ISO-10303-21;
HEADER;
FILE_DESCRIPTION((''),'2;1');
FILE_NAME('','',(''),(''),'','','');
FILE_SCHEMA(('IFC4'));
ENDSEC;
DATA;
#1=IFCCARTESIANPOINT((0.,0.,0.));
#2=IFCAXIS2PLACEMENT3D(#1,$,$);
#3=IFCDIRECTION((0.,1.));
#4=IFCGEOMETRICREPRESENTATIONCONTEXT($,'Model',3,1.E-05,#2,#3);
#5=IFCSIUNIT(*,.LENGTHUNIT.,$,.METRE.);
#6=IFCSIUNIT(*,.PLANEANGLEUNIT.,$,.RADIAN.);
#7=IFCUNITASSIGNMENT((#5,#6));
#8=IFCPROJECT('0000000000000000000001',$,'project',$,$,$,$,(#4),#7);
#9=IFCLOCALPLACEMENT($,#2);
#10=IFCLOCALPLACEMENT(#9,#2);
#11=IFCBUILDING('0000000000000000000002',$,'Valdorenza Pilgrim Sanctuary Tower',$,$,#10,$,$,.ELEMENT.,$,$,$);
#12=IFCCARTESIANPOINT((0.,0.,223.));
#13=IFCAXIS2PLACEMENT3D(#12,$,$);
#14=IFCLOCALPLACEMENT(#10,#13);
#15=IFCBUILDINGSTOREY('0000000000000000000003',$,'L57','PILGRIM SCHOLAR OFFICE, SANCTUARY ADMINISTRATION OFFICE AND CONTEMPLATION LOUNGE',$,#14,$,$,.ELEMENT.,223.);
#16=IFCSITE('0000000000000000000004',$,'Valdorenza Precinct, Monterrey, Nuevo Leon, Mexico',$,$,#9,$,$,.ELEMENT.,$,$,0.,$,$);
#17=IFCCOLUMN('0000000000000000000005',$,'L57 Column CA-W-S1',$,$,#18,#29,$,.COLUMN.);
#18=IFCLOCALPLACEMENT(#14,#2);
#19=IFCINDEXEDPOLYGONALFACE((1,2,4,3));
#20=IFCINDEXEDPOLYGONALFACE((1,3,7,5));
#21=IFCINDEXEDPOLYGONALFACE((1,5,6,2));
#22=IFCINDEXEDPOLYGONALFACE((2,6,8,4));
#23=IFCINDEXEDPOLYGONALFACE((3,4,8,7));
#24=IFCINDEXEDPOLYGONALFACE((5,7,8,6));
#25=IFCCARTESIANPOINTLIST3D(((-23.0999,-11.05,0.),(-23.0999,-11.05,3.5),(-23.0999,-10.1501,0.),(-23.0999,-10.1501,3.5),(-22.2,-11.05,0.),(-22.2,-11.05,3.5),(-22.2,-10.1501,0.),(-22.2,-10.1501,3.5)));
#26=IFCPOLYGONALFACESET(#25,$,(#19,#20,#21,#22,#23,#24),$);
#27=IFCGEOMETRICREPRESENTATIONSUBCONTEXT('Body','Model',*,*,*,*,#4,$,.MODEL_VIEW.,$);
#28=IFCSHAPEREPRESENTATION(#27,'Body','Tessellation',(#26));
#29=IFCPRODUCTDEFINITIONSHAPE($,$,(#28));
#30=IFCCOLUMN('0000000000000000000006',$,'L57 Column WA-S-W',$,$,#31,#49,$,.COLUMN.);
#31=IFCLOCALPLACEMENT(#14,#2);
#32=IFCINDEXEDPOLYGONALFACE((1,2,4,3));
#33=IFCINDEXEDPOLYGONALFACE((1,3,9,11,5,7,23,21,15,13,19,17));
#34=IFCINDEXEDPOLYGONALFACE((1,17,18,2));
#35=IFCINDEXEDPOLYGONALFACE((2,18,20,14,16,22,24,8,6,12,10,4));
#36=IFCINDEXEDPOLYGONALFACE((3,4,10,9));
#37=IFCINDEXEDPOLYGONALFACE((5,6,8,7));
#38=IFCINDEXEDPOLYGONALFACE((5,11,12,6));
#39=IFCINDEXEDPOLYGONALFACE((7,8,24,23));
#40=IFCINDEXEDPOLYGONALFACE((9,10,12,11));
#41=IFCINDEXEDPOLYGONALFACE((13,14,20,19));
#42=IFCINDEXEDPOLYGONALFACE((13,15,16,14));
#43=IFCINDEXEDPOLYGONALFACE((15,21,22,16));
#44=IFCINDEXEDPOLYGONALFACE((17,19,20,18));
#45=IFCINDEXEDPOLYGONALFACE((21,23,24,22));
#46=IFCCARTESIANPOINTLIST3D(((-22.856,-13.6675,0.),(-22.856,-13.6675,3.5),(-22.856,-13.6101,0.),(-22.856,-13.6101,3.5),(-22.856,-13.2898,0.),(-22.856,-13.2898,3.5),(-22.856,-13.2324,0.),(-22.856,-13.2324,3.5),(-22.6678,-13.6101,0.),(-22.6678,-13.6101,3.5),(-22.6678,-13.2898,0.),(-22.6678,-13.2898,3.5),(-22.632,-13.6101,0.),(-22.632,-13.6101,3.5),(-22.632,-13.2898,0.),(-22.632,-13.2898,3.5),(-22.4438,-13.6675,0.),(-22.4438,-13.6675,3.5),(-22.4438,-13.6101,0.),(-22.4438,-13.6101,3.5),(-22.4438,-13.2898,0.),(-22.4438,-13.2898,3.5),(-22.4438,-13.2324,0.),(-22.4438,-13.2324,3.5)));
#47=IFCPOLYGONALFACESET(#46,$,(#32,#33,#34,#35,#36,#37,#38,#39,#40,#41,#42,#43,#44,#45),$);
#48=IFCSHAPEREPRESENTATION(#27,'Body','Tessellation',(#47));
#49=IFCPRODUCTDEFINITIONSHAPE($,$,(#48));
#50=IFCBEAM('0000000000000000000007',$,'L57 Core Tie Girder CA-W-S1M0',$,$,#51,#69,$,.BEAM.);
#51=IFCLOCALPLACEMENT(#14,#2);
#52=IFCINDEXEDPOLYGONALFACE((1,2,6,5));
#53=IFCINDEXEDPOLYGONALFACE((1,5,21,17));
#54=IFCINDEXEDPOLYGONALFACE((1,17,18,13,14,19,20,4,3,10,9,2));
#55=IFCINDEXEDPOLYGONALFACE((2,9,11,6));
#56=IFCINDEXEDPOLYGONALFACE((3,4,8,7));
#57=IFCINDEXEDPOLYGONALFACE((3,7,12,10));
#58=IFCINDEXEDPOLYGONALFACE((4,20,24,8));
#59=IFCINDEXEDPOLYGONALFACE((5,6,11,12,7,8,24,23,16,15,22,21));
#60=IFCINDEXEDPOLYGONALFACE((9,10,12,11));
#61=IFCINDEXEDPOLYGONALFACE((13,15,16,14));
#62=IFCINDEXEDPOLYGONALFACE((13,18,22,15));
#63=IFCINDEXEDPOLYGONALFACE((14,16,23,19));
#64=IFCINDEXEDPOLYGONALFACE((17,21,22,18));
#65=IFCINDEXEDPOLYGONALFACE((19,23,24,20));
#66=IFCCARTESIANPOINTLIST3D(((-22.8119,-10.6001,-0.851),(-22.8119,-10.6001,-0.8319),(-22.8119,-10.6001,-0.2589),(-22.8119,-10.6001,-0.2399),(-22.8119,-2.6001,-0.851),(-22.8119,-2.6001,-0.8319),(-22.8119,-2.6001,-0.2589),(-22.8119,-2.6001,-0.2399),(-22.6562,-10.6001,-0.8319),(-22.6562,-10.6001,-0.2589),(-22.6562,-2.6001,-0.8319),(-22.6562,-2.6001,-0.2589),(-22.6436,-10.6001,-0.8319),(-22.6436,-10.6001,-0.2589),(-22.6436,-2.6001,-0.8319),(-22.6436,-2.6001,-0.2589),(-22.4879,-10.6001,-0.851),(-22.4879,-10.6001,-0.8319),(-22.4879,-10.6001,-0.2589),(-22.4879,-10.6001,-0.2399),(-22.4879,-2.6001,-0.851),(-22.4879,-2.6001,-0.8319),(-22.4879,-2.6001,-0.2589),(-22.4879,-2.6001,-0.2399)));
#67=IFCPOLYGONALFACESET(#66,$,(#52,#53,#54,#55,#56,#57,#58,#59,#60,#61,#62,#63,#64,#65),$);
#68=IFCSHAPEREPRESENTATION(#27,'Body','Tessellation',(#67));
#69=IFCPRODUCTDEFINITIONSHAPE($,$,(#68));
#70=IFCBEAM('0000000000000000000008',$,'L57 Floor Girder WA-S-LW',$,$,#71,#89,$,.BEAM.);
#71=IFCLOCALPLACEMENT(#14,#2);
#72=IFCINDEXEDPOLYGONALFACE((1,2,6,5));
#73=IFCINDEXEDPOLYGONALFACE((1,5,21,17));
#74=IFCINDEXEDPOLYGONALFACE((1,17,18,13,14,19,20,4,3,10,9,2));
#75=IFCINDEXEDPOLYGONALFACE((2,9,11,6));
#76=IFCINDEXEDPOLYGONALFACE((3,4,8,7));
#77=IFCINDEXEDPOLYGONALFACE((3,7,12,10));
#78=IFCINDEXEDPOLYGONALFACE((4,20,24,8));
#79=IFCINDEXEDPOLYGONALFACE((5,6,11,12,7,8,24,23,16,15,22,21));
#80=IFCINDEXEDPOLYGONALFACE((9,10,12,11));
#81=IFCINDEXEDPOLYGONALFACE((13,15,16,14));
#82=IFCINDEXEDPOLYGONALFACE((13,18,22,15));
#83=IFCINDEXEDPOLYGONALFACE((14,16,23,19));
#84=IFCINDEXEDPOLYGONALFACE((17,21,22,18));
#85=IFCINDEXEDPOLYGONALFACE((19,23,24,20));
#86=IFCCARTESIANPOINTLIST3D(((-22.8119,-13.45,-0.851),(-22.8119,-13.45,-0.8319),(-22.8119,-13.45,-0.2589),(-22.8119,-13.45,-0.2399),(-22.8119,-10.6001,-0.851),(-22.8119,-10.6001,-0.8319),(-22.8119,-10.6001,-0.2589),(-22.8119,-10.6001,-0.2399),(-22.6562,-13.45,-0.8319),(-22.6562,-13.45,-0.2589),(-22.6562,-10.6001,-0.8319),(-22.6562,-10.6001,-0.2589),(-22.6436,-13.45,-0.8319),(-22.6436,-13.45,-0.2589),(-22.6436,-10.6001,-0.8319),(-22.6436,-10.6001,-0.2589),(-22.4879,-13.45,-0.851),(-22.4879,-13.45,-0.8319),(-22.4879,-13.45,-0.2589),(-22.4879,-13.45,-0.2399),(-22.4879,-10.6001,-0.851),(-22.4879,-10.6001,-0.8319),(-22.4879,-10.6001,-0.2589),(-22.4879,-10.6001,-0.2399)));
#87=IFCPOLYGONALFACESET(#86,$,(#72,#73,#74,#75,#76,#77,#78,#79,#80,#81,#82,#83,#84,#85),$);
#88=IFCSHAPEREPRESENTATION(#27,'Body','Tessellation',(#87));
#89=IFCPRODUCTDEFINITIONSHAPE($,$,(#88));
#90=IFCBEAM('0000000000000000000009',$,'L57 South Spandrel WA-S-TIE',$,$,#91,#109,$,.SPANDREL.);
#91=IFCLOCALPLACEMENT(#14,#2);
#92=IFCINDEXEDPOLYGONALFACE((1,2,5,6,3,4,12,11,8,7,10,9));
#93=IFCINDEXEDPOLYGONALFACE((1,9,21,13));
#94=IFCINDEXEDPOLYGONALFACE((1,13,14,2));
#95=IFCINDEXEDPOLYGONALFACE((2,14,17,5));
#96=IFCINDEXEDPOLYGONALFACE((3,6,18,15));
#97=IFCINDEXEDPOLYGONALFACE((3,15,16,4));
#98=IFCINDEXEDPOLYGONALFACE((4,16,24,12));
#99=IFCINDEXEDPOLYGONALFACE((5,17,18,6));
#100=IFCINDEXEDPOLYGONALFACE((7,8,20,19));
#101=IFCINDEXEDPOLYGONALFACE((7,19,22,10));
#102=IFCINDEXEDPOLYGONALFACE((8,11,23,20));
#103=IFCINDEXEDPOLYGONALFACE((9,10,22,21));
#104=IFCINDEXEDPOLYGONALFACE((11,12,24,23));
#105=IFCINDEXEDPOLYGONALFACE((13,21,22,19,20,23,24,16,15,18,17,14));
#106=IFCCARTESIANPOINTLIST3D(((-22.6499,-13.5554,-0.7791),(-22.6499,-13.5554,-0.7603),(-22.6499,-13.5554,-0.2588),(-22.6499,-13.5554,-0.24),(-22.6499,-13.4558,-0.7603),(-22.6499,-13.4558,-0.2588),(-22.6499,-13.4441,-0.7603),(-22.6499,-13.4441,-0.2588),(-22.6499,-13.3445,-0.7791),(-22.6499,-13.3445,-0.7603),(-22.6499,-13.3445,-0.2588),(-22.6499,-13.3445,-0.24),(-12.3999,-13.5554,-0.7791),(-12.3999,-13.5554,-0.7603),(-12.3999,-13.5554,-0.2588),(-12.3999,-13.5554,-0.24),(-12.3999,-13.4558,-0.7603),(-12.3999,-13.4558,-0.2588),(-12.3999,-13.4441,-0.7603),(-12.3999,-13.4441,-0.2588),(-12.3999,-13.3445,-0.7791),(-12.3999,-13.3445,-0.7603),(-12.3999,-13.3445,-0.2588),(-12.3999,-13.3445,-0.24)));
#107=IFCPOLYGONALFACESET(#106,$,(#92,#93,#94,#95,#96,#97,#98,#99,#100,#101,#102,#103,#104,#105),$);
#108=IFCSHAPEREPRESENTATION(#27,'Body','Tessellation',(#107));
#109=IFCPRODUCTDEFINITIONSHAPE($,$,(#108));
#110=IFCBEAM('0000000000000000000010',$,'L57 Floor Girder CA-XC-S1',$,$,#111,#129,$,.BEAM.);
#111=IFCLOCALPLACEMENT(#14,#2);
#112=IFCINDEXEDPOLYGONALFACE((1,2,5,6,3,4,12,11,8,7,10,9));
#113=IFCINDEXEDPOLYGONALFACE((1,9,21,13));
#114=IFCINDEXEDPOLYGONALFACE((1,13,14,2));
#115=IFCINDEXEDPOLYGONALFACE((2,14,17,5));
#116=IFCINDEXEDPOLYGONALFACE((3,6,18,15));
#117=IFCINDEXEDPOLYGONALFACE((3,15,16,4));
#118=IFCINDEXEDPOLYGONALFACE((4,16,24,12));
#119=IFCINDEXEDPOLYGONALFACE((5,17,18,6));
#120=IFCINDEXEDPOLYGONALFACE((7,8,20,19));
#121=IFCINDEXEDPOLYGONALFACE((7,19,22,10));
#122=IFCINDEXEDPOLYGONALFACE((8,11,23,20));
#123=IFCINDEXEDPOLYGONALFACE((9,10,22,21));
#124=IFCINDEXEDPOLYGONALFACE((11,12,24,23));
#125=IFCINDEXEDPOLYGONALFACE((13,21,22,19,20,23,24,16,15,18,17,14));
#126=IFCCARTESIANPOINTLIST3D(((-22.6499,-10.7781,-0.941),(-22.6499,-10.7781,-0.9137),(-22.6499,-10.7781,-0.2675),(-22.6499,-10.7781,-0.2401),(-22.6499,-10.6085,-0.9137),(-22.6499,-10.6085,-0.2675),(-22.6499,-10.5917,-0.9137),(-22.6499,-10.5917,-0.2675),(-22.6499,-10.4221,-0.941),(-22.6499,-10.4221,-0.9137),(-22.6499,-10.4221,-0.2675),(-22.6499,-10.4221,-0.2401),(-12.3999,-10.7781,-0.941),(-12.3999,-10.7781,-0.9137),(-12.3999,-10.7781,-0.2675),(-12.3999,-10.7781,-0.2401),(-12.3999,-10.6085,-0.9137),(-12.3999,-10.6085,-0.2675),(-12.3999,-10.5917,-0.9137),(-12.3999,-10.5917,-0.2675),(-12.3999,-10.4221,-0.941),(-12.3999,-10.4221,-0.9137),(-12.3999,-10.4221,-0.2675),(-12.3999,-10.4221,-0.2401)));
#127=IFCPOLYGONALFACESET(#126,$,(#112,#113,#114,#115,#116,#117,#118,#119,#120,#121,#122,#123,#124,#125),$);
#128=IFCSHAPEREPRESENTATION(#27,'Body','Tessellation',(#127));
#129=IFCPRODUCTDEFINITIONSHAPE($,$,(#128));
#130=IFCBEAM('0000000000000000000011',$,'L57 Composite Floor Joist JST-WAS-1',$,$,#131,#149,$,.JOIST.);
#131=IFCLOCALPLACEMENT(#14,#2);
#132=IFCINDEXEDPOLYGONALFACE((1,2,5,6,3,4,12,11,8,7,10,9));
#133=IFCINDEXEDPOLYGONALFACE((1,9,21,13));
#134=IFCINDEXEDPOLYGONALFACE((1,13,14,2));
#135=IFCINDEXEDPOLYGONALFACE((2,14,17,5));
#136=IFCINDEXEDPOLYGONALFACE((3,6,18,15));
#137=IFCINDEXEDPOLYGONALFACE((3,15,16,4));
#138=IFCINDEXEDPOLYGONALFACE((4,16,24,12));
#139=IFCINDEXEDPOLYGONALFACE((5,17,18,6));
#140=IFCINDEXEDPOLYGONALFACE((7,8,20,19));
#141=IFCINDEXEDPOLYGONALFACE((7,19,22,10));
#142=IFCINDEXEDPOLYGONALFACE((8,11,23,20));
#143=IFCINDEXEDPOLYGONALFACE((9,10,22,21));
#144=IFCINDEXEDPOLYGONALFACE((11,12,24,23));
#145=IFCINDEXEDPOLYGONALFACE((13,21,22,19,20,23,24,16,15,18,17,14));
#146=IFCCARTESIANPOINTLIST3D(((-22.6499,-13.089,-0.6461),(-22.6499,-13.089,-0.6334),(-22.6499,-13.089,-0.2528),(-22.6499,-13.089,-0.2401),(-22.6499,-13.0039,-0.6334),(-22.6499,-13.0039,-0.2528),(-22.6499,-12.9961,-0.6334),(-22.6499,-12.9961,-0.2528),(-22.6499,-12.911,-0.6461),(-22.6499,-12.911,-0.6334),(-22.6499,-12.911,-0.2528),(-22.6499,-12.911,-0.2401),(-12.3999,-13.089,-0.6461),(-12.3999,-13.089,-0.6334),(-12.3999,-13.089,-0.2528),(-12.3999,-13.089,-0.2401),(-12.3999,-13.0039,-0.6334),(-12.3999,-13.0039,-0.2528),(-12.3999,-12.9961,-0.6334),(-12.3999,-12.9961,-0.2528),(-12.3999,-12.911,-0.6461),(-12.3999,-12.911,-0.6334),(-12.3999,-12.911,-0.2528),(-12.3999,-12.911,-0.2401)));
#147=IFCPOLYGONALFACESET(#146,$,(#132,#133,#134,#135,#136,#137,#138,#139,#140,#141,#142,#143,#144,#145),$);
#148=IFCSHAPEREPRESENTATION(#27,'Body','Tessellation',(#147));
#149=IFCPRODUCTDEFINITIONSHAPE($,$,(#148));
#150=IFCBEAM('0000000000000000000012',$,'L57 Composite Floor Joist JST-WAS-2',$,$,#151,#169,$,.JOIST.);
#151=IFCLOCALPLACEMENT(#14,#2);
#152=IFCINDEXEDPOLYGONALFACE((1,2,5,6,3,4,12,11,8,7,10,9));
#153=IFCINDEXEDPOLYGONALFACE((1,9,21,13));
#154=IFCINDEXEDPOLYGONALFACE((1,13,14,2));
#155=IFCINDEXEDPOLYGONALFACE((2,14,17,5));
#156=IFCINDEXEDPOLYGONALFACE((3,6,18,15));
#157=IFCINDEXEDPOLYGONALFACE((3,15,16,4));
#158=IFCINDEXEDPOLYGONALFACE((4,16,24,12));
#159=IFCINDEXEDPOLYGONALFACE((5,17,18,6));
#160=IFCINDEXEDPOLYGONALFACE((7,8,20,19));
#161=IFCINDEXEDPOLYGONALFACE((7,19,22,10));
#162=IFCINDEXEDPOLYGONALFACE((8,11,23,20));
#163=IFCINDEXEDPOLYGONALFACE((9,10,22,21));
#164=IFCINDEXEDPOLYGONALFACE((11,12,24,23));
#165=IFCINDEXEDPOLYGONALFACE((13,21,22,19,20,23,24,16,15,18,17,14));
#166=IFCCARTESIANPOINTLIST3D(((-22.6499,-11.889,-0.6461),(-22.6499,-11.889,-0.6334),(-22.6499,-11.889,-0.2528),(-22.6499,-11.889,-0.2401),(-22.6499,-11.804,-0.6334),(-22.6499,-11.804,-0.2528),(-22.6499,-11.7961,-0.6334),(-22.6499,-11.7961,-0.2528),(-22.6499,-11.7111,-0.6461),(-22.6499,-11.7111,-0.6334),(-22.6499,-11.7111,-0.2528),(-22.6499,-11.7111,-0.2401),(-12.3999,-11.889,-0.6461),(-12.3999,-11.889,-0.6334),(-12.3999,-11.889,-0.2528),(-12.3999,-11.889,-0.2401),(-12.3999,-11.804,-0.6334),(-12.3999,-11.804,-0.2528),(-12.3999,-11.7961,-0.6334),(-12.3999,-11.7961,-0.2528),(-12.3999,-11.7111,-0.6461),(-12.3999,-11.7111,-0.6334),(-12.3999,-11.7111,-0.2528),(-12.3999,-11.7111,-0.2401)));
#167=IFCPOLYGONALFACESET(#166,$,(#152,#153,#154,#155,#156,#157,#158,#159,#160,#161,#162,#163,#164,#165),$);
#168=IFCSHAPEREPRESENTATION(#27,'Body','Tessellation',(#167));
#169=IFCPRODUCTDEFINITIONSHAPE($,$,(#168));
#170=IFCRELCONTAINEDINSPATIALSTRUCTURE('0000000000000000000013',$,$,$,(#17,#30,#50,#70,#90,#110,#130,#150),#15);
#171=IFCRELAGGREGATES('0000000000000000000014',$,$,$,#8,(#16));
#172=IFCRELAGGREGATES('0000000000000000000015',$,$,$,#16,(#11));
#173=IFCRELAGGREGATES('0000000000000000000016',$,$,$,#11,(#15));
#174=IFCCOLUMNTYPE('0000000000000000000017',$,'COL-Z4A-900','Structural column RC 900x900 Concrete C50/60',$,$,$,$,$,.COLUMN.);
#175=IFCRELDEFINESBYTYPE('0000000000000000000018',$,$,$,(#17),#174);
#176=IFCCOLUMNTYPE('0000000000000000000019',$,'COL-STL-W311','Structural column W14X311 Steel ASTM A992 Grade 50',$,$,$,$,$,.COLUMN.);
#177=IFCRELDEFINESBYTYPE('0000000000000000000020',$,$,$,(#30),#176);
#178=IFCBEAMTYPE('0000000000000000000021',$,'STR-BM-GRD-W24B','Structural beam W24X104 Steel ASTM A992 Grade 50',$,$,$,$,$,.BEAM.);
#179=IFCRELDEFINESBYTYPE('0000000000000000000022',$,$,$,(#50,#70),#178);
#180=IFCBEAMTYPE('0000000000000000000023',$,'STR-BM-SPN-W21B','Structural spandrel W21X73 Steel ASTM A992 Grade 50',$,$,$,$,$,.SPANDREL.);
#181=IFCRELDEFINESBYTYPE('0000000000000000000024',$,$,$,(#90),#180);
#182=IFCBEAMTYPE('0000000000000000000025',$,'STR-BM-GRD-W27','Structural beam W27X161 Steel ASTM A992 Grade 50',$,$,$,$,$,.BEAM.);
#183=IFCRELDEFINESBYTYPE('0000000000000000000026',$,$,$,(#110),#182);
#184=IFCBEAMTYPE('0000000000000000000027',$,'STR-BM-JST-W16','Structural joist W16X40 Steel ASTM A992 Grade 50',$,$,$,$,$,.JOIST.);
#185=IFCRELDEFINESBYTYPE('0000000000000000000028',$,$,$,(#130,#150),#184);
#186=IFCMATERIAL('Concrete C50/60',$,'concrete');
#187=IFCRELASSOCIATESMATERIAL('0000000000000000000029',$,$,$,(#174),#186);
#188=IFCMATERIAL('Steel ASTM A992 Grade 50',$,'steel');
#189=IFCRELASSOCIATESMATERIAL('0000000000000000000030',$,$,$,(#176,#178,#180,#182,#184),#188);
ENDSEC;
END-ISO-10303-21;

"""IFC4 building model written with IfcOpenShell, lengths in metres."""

from ifc_helpers import new_model, si_unit, direction, frame, origin, origin_2d, place, context, subcontext, project, spatial, rectangle, i_section, extrude, source, transform, mapped, material, material_profile, profile_set, type_object, element, save


model = new_model("IFC4")

# Units and contexts
model_context = context("Model", 3, precision=1e-05, world=origin(), true_north=direction((0.0, 1.0)))
body_context = subcontext(model_context, "Body", "Model", "MODEL_VIEW")
ifc_project = project(units=[si_unit("LENGTHUNIT", "METRE"), si_unit("PLANEANGLEUNIT", "RADIAN")], contexts=[model_context])

# Site, building, storey
site_placement = place(None, origin())
site = spatial("IfcSite", under=ifc_project, at=site_placement, Name="Valdorenza Precinct, Monterrey, Nuevo Leon, Mexico", CompositionType="ELEMENT", RefElevation=0.0)
building_placement = place(site_placement, origin())
building = spatial("IfcBuilding", under=site, at=building_placement, Name="Valdorenza Pilgrim Sanctuary Tower", CompositionType="ELEMENT")
storey_placement = place(building_placement, frame((0.0, 0.0, 223.0)))
storey = spatial("IfcBuildingStorey", under=building, at=storey_placement, Name="L57", Description="PILGRIM SCHOLAR OFFICE, SANCTUARY ADMINISTRATION OFFICE AND CONTEMPLATION LOUNGE", CompositionType="ELEMENT", Elevation=223.0)

# Columns
ifc_material_1 = material(Name="Concrete C50/60", Category="concrete")
ifc_material_profile_1 = material_profile(ifc_material_1, rectangle(XDim=0.8999, YDim=0.8999, at=origin_2d()), Name="RC 900x900")
ifc_profile_set_1 = profile_set([ifc_material_profile_1], Name="Concrete C50/60")
column_type_1 = type_object("IfcColumnType", Name="COL-Z4A-900", Description="Structural column RC 900x900 Concrete C50/60", PredefinedType="COLUMN", material=ifc_profile_set_1)
shared_shape_1 = source(origin(), body_context, "Body", "SweptSolid", [
    extrude(rectangle(XDim=0.8999, YDim=0.8999, at=origin_2d()), origin(), (0.0, 0.0, 1.0), 3.5),
])
column_1_placement = place(storey_placement, frame((-22.6499, -10.6001, 0.0), z_axis=(0.0, 0.0, 1.0), x_axis=(1.0, 0.0, 0.0)))
element("IfcColumn", 1, at=column_1_placement, inside=storey, type_object=column_type_1, Name="L57 Column CA-W-S1", PredefinedType="COLUMN", context=body_context, shape_type="MappedRepresentation", body=[
    mapped(shared_shape_1, transform((0.0, 0.0, 0.0), x_axis=(1.0, 0.0, 0.0), y_axis=(0.0, 1.0, 0.0), z_axis=(0.0, 0.0, 1.0), scale=1.0)),
])
ifc_material_2 = material(Name="Steel ASTM A992 Grade 50", Category="steel")
ifc_material_profile_2 = material_profile(ifc_material_2, i_section(OverallWidth=0.4121, OverallDepth=0.4351, WebThickness=0.0359, FlangeThickness=0.0574, at=origin_2d()), Name="W14X311")
ifc_profile_set_2 = profile_set([ifc_material_profile_2], Name="Steel ASTM A992 Grade 50")
column_type_2 = type_object("IfcColumnType", Name="COL-STL-W311", Description="Structural column W14X311 Steel ASTM A992 Grade 50", PredefinedType="COLUMN", material=ifc_profile_set_2)
shared_shape_2 = source(origin(), body_context, "Body", "SweptSolid", [
    extrude(i_section(OverallWidth=0.4121, OverallDepth=0.4351, WebThickness=0.0359, FlangeThickness=0.0574, at=origin_2d()), origin(), (0.0, 0.0, 1.0), 3.5),
])
column_2_placement = place(storey_placement, frame((-22.6499, -13.45, 0.0), z_axis=(0.0, 0.0, 1.0), x_axis=(1.0, 0.0, 0.0)))
element("IfcColumn", 2, at=column_2_placement, inside=storey, type_object=column_type_2, Name="L57 Column WA-S-W", PredefinedType="COLUMN", context=body_context, shape_type="MappedRepresentation", body=[
    mapped(shared_shape_2, transform((0.0, 0.0, 0.0), x_axis=(1.0, 0.0, 0.0), y_axis=(0.0, 1.0, 0.0), z_axis=(0.0, 0.0, 1.0), scale=1.0)),
])

# Beams
ifc_material_profile_3 = material_profile(ifc_material_2, i_section(OverallWidth=0.324, OverallDepth=0.6111, WebThickness=0.0127, FlangeThickness=0.019, at=origin_2d()), Name="W24X104")
ifc_profile_set_3 = profile_set([ifc_material_profile_3], Name="Steel ASTM A992 Grade 50")
beam_type_1 = type_object("IfcBeamType", Name="STR-BM-GRD-W24B", Description="Structural beam W24X104 Steel ASTM A992 Grade 50", PredefinedType="BEAM", material=ifc_profile_set_3)
shared_shape_3 = source(origin(), body_context, "Body", "SweptSolid", [
    extrude(i_section(OverallWidth=0.324, OverallDepth=0.6111, WebThickness=0.0127, FlangeThickness=0.019, at=origin_2d()), origin(), (0.0, 0.0, 1.0), 8.0),
])
beam_1_placement = place(storey_placement, frame((-22.6499, -10.6001, -0.5454), z_axis=(0.0, 1.0, 0.0), x_axis=(-1.0, 0.0, 0.0)))
element("IfcBeam", 3, at=beam_1_placement, inside=storey, type_object=beam_type_1, Name="L57 Core Tie Girder CA-W-S1M0", PredefinedType="BEAM", context=body_context, shape_type="MappedRepresentation", body=[
    mapped(shared_shape_3, transform((0.0, 0.0, 0.0), x_axis=(1.0, 0.0, 0.0), y_axis=(0.0, 1.0, 0.0), z_axis=(0.0, 0.0, 1.0), scale=1.0)),
])
shared_shape_4 = source(origin(), body_context, "Body", "SweptSolid", [
    extrude(i_section(OverallWidth=0.324, OverallDepth=0.6111, WebThickness=0.0127, FlangeThickness=0.019, at=origin_2d()), origin(), (0.0, 0.0, 1.0), 2.8499),
])
beam_2_placement = place(storey_placement, frame((-22.6499, -13.45, -0.5454), z_axis=(0.0, 1.0, 0.0), x_axis=(-1.0, 0.0, 0.0)))
element("IfcBeam", 4, at=beam_2_placement, inside=storey, type_object=beam_type_1, Name="L57 Floor Girder WA-S-LW", PredefinedType="BEAM", context=body_context, shape_type="MappedRepresentation", body=[
    mapped(shared_shape_4, transform((0.0, 0.0, 0.0), x_axis=(1.0, 0.0, 0.0), y_axis=(0.0, 1.0, 0.0), z_axis=(0.0, 0.0, 1.0), scale=1.0)),
])
ifc_material_profile_4 = material_profile(ifc_material_2, i_section(OverallWidth=0.2109, OverallDepth=0.5391, WebThickness=0.0117, FlangeThickness=0.0188, at=origin_2d()), Name="W21X73")
ifc_profile_set_4 = profile_set([ifc_material_profile_4], Name="Steel ASTM A992 Grade 50")
beam_type_2 = type_object("IfcBeamType", Name="STR-BM-SPN-W21B", Description="Structural spandrel W21X73 Steel ASTM A992 Grade 50", PredefinedType="SPANDREL", material=ifc_profile_set_4)
shared_shape_5 = source(origin(), body_context, "Body", "SweptSolid", [
    extrude(i_section(OverallWidth=0.2109, OverallDepth=0.5391, WebThickness=0.0117, FlangeThickness=0.0188, at=origin_2d()), origin(), (0.0, 0.0, 1.0), 10.25),
])
beam_3_placement = place(storey_placement, frame((-22.6499, -13.45, -0.5095), z_axis=(1.0, 0.0, 0.0), x_axis=(0.0, 1.0, 0.0)))
element("IfcBeam", 5, at=beam_3_placement, inside=storey, type_object=beam_type_2, Name="L57 South Spandrel WA-S-TIE", PredefinedType="SPANDREL", context=body_context, shape_type="MappedRepresentation", body=[
    mapped(shared_shape_5, transform((0.0, 0.0, 0.0), x_axis=(1.0, 0.0, 0.0), y_axis=(0.0, 1.0, 0.0), z_axis=(0.0, 0.0, 1.0), scale=1.0)),
])
ifc_material_profile_5 = material_profile(ifc_material_2, i_section(OverallWidth=0.356, OverallDepth=0.7009, WebThickness=0.0168, FlangeThickness=0.0273, at=origin_2d()), Name="W27X161")
ifc_profile_set_5 = profile_set([ifc_material_profile_5], Name="Steel ASTM A992 Grade 50")
beam_type_3 = type_object("IfcBeamType", Name="STR-BM-GRD-W27", Description="Structural beam W27X161 Steel ASTM A992 Grade 50", PredefinedType="BEAM", material=ifc_profile_set_5)
shared_shape_6 = source(origin(), body_context, "Body", "SweptSolid", [
    extrude(i_section(OverallWidth=0.356, OverallDepth=0.7009, WebThickness=0.0168, FlangeThickness=0.0273, at=origin_2d()), origin(), (0.0, 0.0, 1.0), 10.25),
])
beam_4_placement = place(storey_placement, frame((-22.6499, -10.6001, -0.5906), z_axis=(1.0, 0.0, 0.0), x_axis=(0.0, 1.0, 0.0)))
element("IfcBeam", 6, at=beam_4_placement, inside=storey, type_object=beam_type_3, Name="L57 Floor Girder CA-XC-S1", PredefinedType="BEAM", context=body_context, shape_type="MappedRepresentation", body=[
    mapped(shared_shape_6, transform((0.0, 0.0, 0.0), x_axis=(1.0, 0.0, 0.0), y_axis=(0.0, 1.0, 0.0), z_axis=(0.0, 0.0, 1.0), scale=1.0)),
])
ifc_material_profile_6 = material_profile(ifc_material_2, i_section(OverallWidth=0.178, OverallDepth=0.406, WebThickness=0.0078, FlangeThickness=0.0127, at=origin_2d()), Name="W16X40")
ifc_profile_set_6 = profile_set([ifc_material_profile_6], Name="Steel ASTM A992 Grade 50")
beam_type_4 = type_object("IfcBeamType", Name="STR-BM-JST-W16", Description="Structural joist W16X40 Steel ASTM A992 Grade 50", PredefinedType="JOIST", material=ifc_profile_set_6)
shared_shape_7 = source(origin(), body_context, "Body", "SweptSolid", [
    extrude(i_section(OverallWidth=0.178, OverallDepth=0.406, WebThickness=0.0078, FlangeThickness=0.0127, at=origin_2d()), origin(), (0.0, 0.0, 1.0), 10.25),
])
for number, where, z_axis, x_axis, name in (
    (7, (-22.6499, -13.0, -0.4431), (1.0, 0.0, 0.0), (0.0, 1.0, 0.0), "L57 Composite Floor Joist JST-WAS-1"),
    (8, (-22.6499, -11.8, -0.4431), (1.0, 0.0, 0.0), (0.0, 1.0, 0.0), "L57 Composite Floor Joist JST-WAS-2"),
):
    element("IfcBeam", number, at=place(storey_placement, frame(where, z_axis=z_axis, x_axis=x_axis)), inside=storey, type_object=beam_type_4, Name=name, PredefinedType="JOIST", context=body_context, shape_type="MappedRepresentation", body=[
        mapped(shared_shape_7, transform((0.0, 0.0, 0.0), x_axis=(1.0, 0.0, 0.0), y_axis=(0.0, 1.0, 0.0), z_axis=(0.0, 0.0, 1.0), scale=1.0)),
    ])

save(model, "model.ifc")
